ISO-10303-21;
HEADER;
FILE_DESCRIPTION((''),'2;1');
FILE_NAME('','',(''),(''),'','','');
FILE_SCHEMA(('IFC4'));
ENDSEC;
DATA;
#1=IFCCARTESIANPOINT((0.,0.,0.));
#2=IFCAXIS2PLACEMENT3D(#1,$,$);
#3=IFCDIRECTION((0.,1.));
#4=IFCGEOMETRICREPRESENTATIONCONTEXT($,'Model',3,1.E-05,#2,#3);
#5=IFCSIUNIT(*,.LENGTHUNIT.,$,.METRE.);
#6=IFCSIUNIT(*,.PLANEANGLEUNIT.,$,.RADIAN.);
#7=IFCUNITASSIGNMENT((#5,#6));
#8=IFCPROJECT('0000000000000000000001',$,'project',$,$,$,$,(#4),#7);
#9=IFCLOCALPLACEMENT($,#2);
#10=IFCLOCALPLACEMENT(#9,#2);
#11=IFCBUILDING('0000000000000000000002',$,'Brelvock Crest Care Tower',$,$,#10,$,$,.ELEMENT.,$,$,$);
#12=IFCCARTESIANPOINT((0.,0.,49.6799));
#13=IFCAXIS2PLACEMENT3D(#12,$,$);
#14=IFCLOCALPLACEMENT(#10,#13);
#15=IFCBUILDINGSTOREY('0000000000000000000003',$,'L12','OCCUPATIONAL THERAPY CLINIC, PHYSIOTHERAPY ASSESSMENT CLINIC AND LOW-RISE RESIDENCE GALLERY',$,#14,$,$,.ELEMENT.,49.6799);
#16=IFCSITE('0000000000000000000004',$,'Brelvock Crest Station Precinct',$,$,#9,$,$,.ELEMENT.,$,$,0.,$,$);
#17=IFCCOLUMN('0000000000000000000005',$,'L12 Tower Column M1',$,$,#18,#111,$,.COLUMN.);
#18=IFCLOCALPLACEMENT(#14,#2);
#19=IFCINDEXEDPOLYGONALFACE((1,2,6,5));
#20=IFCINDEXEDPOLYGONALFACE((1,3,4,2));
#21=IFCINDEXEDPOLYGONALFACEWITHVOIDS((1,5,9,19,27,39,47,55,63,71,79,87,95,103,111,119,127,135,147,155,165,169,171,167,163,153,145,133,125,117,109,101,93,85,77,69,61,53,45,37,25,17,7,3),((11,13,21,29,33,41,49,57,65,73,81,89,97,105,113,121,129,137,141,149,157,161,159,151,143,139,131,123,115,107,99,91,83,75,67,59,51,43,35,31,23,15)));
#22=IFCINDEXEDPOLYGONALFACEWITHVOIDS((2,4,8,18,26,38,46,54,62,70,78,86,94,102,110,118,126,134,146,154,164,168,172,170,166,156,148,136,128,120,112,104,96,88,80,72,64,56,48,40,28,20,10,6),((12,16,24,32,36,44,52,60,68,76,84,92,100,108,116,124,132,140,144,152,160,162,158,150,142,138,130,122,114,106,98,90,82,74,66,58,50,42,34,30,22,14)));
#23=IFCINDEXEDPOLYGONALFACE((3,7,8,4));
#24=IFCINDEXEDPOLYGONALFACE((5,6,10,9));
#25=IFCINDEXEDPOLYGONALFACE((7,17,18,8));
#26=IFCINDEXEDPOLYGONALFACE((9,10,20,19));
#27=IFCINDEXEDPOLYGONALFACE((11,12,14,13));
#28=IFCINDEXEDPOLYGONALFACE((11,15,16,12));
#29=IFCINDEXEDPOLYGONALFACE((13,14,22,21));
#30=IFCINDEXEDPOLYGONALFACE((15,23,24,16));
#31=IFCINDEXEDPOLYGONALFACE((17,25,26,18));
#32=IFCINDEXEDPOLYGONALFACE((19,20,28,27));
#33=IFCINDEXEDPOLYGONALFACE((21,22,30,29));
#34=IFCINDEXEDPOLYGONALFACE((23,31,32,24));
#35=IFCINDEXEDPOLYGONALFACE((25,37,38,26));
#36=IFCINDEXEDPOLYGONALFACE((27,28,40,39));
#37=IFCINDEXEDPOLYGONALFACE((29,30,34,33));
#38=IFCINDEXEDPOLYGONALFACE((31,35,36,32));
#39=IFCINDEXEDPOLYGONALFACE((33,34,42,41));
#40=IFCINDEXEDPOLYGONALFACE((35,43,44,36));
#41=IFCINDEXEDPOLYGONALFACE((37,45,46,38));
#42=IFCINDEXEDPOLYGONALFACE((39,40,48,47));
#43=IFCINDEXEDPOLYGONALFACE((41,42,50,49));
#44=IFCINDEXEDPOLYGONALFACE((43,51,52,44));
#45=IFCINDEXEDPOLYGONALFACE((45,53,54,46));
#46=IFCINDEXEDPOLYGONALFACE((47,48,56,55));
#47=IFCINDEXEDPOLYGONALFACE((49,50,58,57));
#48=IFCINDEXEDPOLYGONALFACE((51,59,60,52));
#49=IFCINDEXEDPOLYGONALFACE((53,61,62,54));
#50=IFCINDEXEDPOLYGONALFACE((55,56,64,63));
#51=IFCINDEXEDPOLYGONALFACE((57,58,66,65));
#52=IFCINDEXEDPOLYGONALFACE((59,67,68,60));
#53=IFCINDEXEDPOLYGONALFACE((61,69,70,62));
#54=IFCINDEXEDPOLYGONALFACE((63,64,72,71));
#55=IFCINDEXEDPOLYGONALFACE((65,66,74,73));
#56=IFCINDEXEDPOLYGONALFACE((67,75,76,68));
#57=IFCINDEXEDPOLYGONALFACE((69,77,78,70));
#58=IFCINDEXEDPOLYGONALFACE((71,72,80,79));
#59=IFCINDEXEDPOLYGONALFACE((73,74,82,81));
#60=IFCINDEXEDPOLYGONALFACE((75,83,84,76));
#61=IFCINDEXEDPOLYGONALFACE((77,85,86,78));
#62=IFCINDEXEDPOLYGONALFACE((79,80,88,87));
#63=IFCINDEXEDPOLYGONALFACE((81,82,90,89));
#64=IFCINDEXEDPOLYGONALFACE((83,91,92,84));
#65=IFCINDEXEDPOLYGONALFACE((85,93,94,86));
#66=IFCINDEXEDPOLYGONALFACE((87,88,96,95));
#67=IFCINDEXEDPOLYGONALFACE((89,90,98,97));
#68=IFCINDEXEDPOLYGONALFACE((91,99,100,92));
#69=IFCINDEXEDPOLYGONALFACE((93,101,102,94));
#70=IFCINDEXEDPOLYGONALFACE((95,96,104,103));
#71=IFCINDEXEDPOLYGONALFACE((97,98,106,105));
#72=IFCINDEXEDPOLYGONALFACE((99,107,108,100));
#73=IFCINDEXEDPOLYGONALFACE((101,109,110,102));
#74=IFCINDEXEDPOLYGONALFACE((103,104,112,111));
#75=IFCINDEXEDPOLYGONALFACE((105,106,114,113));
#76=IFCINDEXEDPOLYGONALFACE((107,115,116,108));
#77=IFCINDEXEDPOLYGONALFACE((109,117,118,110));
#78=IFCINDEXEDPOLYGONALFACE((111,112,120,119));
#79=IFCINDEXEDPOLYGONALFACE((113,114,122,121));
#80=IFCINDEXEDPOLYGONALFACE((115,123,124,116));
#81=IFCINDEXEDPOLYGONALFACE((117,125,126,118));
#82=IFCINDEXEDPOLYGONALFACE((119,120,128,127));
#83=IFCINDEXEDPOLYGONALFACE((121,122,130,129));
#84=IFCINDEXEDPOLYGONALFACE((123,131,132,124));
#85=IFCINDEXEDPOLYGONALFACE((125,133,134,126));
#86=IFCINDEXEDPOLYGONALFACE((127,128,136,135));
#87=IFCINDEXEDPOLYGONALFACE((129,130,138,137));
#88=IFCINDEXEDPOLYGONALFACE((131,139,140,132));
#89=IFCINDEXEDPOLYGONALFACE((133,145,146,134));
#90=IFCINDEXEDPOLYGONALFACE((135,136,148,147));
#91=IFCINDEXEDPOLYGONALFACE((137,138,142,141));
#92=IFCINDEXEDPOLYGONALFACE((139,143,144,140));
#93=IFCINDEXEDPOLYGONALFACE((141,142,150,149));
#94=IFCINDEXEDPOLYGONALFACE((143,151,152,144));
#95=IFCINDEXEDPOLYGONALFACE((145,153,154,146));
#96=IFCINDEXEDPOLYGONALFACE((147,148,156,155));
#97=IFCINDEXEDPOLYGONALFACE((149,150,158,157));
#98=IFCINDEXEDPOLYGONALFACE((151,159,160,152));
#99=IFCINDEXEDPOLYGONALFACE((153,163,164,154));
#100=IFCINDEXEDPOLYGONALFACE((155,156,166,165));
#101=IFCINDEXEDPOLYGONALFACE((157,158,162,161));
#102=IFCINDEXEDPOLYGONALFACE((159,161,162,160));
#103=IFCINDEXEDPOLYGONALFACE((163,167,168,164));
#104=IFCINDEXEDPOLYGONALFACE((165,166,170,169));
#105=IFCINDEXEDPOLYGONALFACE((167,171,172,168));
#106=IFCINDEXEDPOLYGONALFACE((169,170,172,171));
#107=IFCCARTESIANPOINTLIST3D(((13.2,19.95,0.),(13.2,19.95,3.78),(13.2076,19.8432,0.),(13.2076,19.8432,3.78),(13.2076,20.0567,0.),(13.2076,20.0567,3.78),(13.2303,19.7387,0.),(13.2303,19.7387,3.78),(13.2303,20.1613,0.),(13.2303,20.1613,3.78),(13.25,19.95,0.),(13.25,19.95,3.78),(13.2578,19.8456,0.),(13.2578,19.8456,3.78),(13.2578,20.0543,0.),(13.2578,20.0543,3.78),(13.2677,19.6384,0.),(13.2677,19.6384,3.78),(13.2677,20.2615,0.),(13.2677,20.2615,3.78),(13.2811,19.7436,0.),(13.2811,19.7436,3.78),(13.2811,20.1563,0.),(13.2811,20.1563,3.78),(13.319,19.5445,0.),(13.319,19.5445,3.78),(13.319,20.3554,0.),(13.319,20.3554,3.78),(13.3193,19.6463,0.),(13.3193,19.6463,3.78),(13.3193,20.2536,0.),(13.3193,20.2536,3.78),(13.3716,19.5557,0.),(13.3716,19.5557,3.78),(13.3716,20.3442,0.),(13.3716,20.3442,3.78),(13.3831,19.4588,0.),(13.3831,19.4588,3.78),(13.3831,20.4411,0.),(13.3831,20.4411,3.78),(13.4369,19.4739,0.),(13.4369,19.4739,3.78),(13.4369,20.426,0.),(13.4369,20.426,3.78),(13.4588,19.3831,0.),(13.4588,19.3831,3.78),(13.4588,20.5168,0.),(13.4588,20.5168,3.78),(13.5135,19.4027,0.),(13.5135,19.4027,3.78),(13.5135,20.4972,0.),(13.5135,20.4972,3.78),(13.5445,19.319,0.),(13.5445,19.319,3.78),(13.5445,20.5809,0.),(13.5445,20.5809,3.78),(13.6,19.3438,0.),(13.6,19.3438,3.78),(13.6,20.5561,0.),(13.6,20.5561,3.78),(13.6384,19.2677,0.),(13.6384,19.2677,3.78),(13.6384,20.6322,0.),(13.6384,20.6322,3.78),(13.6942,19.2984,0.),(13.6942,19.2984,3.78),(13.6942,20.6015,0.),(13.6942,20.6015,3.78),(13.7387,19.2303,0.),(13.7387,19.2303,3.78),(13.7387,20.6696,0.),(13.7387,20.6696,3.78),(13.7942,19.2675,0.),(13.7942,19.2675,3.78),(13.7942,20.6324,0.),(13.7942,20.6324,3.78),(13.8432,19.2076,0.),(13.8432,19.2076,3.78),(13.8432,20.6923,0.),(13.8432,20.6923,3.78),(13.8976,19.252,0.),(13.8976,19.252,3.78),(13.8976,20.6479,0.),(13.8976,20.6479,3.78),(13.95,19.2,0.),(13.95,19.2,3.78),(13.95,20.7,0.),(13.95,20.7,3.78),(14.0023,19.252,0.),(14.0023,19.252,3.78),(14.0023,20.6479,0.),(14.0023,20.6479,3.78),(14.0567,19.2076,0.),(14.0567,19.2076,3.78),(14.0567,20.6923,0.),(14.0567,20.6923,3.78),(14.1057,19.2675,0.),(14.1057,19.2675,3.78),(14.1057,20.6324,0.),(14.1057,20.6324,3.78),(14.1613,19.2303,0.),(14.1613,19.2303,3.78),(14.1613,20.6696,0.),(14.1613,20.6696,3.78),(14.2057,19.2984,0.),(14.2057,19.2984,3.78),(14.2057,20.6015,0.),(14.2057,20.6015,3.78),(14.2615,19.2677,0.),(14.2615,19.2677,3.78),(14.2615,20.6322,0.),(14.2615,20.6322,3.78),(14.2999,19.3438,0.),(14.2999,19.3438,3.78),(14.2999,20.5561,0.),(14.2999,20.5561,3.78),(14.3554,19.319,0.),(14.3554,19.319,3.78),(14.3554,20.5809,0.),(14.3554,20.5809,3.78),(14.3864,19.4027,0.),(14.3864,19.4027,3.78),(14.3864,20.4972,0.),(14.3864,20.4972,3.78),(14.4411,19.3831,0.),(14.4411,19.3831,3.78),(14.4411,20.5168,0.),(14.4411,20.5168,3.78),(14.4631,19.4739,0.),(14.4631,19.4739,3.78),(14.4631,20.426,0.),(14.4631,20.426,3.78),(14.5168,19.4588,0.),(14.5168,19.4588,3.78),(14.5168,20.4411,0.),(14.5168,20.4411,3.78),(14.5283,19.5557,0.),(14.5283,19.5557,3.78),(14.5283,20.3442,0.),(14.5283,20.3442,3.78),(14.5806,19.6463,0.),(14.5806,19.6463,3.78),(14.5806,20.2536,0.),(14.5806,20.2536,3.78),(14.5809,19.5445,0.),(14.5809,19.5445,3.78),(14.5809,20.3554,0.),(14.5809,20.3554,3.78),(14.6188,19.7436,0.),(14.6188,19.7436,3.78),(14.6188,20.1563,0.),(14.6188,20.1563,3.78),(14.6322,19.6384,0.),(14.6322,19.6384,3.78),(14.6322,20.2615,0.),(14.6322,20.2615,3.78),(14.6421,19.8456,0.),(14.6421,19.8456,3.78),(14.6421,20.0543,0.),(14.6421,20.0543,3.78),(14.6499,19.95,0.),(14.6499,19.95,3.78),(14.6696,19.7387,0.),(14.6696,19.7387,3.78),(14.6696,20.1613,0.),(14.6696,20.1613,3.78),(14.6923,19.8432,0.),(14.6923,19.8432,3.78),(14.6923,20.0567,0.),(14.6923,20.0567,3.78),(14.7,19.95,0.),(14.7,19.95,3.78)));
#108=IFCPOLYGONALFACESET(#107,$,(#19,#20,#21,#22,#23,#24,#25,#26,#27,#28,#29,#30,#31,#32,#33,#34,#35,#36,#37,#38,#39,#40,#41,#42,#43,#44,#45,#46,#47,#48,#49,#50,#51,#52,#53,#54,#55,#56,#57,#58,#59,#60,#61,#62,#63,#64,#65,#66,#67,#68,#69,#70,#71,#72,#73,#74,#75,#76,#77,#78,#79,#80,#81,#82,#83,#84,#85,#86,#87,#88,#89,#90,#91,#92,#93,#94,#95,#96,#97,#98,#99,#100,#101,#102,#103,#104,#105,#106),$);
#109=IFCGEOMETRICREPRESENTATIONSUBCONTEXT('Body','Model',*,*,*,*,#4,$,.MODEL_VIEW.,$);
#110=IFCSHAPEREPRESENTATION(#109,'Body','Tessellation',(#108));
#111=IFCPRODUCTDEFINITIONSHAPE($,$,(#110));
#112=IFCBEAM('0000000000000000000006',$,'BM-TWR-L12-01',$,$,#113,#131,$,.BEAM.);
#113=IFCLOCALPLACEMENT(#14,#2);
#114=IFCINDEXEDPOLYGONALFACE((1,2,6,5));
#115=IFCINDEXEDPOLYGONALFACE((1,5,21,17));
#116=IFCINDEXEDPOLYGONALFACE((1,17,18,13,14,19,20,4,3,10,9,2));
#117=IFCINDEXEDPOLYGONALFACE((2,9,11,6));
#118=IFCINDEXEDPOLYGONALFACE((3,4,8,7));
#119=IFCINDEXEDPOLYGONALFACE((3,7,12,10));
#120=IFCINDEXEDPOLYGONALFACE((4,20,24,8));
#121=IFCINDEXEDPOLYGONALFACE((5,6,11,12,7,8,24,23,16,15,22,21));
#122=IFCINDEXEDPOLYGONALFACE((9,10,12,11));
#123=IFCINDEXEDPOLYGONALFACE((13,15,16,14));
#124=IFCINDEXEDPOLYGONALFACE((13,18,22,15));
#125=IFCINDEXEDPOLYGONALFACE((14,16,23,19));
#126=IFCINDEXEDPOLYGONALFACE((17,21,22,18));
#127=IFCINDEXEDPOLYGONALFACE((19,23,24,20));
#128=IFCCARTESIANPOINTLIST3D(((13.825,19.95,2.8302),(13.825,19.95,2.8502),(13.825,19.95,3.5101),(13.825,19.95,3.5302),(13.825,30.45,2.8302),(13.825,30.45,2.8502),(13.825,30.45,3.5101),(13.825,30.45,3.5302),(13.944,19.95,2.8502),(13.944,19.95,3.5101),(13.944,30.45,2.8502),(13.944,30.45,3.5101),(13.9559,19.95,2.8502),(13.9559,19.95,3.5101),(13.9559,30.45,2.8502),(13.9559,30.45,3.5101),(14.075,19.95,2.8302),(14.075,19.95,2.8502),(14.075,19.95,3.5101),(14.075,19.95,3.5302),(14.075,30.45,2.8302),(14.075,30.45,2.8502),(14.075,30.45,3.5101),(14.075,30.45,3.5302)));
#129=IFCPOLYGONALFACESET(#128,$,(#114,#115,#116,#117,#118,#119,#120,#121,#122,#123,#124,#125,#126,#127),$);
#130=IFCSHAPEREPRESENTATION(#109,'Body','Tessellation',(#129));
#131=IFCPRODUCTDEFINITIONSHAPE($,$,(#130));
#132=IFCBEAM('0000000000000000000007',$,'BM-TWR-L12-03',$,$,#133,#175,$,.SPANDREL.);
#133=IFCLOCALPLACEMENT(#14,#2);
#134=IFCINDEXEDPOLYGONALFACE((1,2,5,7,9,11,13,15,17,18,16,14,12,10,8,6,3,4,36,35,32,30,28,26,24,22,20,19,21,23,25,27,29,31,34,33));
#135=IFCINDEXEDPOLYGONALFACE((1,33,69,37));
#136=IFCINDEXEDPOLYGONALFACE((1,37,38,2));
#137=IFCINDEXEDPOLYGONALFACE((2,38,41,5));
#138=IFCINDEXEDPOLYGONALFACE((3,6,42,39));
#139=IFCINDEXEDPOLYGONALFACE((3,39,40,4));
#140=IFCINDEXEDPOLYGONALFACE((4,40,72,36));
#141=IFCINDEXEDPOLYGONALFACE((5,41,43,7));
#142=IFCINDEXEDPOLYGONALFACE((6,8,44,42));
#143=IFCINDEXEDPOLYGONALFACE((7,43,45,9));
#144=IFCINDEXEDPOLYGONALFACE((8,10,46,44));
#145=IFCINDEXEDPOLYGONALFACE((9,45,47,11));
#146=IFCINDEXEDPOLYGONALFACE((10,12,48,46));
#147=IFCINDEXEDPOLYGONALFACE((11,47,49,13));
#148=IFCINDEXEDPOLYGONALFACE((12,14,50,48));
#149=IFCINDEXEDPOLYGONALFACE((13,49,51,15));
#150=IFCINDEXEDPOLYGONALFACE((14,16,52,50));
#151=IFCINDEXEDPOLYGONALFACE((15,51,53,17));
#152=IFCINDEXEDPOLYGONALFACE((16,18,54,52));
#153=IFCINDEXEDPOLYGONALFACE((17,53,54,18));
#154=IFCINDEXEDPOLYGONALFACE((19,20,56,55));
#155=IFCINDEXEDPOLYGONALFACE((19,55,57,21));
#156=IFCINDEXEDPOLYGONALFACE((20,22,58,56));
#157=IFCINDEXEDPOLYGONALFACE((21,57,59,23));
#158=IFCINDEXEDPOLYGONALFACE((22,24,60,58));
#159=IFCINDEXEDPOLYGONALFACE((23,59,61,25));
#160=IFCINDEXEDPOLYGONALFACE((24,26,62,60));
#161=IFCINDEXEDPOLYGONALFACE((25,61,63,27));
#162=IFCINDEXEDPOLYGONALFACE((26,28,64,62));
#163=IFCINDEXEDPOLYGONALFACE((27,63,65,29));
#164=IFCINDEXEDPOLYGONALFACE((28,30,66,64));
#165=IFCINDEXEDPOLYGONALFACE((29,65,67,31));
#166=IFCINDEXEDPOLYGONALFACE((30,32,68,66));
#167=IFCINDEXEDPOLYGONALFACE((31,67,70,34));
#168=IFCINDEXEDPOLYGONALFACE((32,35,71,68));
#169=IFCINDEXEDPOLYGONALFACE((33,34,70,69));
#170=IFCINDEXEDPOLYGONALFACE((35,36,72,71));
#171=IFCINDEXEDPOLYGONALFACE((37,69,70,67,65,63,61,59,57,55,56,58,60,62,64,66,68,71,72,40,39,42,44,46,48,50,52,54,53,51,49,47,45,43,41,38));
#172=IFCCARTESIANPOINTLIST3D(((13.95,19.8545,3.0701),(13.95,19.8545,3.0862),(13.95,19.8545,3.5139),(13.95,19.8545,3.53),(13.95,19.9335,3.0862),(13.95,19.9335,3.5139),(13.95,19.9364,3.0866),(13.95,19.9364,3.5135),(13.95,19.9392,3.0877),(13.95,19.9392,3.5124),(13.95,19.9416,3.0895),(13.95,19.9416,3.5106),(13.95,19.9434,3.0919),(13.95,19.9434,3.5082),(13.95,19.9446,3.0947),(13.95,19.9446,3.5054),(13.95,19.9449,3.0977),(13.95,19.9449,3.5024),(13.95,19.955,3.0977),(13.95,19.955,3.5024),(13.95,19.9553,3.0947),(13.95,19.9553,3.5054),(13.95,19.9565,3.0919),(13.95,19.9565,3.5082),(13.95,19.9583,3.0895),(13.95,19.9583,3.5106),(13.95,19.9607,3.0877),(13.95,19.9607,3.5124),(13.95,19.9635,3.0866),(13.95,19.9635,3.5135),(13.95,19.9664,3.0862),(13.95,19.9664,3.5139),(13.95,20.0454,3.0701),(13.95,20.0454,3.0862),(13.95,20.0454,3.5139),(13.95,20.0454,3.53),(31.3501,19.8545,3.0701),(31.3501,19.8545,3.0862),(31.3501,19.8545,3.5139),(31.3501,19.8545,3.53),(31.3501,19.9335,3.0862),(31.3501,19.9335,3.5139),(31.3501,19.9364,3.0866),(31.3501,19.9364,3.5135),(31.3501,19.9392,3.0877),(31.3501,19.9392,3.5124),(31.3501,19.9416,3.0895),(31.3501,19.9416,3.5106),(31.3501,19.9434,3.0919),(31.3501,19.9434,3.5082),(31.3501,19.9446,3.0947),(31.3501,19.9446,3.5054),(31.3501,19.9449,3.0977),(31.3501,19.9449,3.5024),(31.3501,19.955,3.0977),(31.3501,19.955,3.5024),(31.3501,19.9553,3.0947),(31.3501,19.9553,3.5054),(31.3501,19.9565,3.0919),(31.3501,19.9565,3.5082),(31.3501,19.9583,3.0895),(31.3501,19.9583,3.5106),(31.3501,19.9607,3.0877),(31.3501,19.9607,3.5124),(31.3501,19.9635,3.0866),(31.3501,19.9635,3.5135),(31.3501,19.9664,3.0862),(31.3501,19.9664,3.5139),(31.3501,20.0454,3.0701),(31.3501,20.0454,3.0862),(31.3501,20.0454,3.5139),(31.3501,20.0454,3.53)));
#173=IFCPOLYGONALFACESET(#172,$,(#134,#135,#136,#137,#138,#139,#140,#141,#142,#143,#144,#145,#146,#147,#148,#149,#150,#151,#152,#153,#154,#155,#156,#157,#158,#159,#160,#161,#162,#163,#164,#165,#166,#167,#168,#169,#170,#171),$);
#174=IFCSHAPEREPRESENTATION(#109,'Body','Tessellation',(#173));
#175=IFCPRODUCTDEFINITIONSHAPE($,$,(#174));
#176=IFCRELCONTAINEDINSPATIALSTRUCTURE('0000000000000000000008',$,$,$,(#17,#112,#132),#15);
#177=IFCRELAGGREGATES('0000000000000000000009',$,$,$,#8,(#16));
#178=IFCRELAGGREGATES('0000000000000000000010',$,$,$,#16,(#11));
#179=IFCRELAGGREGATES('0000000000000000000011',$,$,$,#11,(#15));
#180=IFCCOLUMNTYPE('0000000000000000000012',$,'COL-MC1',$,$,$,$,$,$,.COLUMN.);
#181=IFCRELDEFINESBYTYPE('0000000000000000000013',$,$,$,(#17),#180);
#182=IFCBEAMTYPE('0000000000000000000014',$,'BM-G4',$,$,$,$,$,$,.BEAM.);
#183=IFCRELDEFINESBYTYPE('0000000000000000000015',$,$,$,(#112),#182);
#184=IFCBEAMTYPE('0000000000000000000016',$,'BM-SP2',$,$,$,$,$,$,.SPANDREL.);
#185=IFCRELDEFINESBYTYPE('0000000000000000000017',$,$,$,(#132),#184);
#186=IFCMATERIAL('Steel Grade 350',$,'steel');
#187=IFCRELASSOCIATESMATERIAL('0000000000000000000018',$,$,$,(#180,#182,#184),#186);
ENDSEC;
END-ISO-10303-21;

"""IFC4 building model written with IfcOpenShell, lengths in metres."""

from ifc_helpers import new_model, si_unit, direction, frame, origin, origin_2d, place, context, subcontext, project, spatial, hollow_circle, i_section, extrude, source, transform, mapped, material, material_profile, profile_set, type_object, element, save


model = new_model("IFC4")

# Units and contexts
model_context = context("Model", 3, precision=1e-05, world=origin(), true_north=direction((0.0, 1.0)))
body_context = subcontext(model_context, "Body", "Model", "MODEL_VIEW")
ifc_project = project(units=[si_unit("LENGTHUNIT", "METRE"), si_unit("PLANEANGLEUNIT", "RADIAN")], contexts=[model_context])

# Site, building, storey
site_placement = place(None, origin())
site = spatial("IfcSite", under=ifc_project, at=site_placement, Name="Brelvock Crest Station Precinct", CompositionType="ELEMENT", RefElevation=0.0)
building_placement = place(site_placement, origin())
building = spatial("IfcBuilding", under=site, at=building_placement, Name="Brelvock Crest Care Tower", CompositionType="ELEMENT")
storey_placement = place(building_placement, frame((0.0, 0.0, 49.6799)))
storey = spatial("IfcBuildingStorey", under=building, at=storey_placement, Name="L12", Description="OCCUPATIONAL THERAPY CLINIC, PHYSIOTHERAPY ASSESSMENT CLINIC AND LOW-RISE RESIDENCE GALLERY", CompositionType="ELEMENT", Elevation=49.6799)

# Column
ifc_material_1 = material(Name="Steel Grade 350", Category="steel")
ifc_material_profile_1 = material_profile(ifc_material_1, hollow_circle(Radius=0.75, WallThickness=0.05, at=origin_2d()), Name="CFT1500x50")
ifc_profile_set_1 = profile_set([ifc_material_profile_1], Name="Steel Grade 350")
column_type = type_object("IfcColumnType", Name="COL-MC1", PredefinedType="COLUMN", material=ifc_profile_set_1)
shared_shape_1 = source(origin(), body_context, "Body", "SweptSolid", [
    extrude(hollow_circle(Radius=0.75, WallThickness=0.05, at=origin_2d()), origin(), (0.0, 0.0, 1.0), 3.78),
])
column_placement = place(storey_placement, frame((13.95, 19.95, 0.0), z_axis=(0.0, 0.0, 1.0), x_axis=(1.0, 0.0, 0.0)))
element("IfcColumn", 1, at=column_placement, inside=storey, type_object=column_type, Name="L12 Tower Column M1", PredefinedType="COLUMN", context=body_context, shape_type="MappedRepresentation", body=[
    mapped(shared_shape_1, transform((0.0, 0.0, 0.0), x_axis=(1.0, 0.0, 0.0), y_axis=(0.0, 1.0, 0.0), z_axis=(0.0, 0.0, 1.0), scale=1.0)),
])

# Beams
ifc_material_profile_2 = material_profile(ifc_material_1, i_section(OverallWidth=0.25, OverallDepth=0.7, WebThickness=0.012, FlangeThickness=0.02, at=origin_2d()), Name="700WB150")
ifc_profile_set_2 = profile_set([ifc_material_profile_2], Name="Steel Grade 350")
beam_type_1 = type_object("IfcBeamType", Name="BM-G4", PredefinedType="BEAM", material=ifc_profile_set_2)
shared_shape_2 = source(origin(), body_context, "Body", "SweptSolid", [
    extrude(i_section(OverallWidth=0.25, OverallDepth=0.7, WebThickness=0.012, FlangeThickness=0.02, at=origin_2d()), origin(), (0.0, 0.0, 1.0), 10.5),
])
beam_1_placement = place(storey_placement, frame((13.95, 19.95, 3.1802), z_axis=(0.0, 1.0, 0.0), x_axis=(-1.0, 0.0, 0.0)))
element("IfcBeam", 2, at=beam_1_placement, inside=storey, type_object=beam_type_1, Name="BM-TWR-L12-01", PredefinedType="BEAM", context=body_context, shape_type="MappedRepresentation", body=[
    mapped(shared_shape_2, transform((0.0, 0.0, 0.0), x_axis=(1.0, 0.0, 0.0), y_axis=(0.0, 1.0, 0.0), z_axis=(0.0, 0.0, 1.0), scale=1.0)),
])
ifc_material_profile_3 = material_profile(ifc_material_1, i_section(OverallWidth=0.1909, OverallDepth=0.46, WebThickness=0.01, FlangeThickness=0.0161, FilletRadius=0.0115, at=origin_2d()), Name="460UB82.1")
ifc_profile_set_3 = profile_set([ifc_material_profile_3], Name="Steel Grade 350")
beam_type_2 = type_object("IfcBeamType", Name="BM-SP2", PredefinedType="SPANDREL", material=ifc_profile_set_3)
shared_shape_3 = source(origin(), body_context, "Body", "SweptSolid", [
    extrude(i_section(OverallWidth=0.1909, OverallDepth=0.46, WebThickness=0.01, FlangeThickness=0.0161, FilletRadius=0.0115, at=origin_2d()), origin(), (0.0, 0.0, 1.0), 17.4001),
])
beam_2_placement = place(storey_placement, frame((13.95, 19.95, 3.3), z_axis=(1.0, 0.0, 0.0), x_axis=(0.0, 1.0, 0.0)))
element("IfcBeam", 3, at=beam_2_placement, inside=storey, type_object=beam_type_2, Name="BM-TWR-L12-03", PredefinedType="SPANDREL", context=body_context, shape_type="MappedRepresentation", body=[
    mapped(shared_shape_3, transform((0.0, 0.0, 0.0), x_axis=(1.0, 0.0, 0.0), y_axis=(0.0, 1.0, 0.0), z_axis=(0.0, 0.0, 1.0), scale=1.0)),
])

save(model, "model.ifc")
